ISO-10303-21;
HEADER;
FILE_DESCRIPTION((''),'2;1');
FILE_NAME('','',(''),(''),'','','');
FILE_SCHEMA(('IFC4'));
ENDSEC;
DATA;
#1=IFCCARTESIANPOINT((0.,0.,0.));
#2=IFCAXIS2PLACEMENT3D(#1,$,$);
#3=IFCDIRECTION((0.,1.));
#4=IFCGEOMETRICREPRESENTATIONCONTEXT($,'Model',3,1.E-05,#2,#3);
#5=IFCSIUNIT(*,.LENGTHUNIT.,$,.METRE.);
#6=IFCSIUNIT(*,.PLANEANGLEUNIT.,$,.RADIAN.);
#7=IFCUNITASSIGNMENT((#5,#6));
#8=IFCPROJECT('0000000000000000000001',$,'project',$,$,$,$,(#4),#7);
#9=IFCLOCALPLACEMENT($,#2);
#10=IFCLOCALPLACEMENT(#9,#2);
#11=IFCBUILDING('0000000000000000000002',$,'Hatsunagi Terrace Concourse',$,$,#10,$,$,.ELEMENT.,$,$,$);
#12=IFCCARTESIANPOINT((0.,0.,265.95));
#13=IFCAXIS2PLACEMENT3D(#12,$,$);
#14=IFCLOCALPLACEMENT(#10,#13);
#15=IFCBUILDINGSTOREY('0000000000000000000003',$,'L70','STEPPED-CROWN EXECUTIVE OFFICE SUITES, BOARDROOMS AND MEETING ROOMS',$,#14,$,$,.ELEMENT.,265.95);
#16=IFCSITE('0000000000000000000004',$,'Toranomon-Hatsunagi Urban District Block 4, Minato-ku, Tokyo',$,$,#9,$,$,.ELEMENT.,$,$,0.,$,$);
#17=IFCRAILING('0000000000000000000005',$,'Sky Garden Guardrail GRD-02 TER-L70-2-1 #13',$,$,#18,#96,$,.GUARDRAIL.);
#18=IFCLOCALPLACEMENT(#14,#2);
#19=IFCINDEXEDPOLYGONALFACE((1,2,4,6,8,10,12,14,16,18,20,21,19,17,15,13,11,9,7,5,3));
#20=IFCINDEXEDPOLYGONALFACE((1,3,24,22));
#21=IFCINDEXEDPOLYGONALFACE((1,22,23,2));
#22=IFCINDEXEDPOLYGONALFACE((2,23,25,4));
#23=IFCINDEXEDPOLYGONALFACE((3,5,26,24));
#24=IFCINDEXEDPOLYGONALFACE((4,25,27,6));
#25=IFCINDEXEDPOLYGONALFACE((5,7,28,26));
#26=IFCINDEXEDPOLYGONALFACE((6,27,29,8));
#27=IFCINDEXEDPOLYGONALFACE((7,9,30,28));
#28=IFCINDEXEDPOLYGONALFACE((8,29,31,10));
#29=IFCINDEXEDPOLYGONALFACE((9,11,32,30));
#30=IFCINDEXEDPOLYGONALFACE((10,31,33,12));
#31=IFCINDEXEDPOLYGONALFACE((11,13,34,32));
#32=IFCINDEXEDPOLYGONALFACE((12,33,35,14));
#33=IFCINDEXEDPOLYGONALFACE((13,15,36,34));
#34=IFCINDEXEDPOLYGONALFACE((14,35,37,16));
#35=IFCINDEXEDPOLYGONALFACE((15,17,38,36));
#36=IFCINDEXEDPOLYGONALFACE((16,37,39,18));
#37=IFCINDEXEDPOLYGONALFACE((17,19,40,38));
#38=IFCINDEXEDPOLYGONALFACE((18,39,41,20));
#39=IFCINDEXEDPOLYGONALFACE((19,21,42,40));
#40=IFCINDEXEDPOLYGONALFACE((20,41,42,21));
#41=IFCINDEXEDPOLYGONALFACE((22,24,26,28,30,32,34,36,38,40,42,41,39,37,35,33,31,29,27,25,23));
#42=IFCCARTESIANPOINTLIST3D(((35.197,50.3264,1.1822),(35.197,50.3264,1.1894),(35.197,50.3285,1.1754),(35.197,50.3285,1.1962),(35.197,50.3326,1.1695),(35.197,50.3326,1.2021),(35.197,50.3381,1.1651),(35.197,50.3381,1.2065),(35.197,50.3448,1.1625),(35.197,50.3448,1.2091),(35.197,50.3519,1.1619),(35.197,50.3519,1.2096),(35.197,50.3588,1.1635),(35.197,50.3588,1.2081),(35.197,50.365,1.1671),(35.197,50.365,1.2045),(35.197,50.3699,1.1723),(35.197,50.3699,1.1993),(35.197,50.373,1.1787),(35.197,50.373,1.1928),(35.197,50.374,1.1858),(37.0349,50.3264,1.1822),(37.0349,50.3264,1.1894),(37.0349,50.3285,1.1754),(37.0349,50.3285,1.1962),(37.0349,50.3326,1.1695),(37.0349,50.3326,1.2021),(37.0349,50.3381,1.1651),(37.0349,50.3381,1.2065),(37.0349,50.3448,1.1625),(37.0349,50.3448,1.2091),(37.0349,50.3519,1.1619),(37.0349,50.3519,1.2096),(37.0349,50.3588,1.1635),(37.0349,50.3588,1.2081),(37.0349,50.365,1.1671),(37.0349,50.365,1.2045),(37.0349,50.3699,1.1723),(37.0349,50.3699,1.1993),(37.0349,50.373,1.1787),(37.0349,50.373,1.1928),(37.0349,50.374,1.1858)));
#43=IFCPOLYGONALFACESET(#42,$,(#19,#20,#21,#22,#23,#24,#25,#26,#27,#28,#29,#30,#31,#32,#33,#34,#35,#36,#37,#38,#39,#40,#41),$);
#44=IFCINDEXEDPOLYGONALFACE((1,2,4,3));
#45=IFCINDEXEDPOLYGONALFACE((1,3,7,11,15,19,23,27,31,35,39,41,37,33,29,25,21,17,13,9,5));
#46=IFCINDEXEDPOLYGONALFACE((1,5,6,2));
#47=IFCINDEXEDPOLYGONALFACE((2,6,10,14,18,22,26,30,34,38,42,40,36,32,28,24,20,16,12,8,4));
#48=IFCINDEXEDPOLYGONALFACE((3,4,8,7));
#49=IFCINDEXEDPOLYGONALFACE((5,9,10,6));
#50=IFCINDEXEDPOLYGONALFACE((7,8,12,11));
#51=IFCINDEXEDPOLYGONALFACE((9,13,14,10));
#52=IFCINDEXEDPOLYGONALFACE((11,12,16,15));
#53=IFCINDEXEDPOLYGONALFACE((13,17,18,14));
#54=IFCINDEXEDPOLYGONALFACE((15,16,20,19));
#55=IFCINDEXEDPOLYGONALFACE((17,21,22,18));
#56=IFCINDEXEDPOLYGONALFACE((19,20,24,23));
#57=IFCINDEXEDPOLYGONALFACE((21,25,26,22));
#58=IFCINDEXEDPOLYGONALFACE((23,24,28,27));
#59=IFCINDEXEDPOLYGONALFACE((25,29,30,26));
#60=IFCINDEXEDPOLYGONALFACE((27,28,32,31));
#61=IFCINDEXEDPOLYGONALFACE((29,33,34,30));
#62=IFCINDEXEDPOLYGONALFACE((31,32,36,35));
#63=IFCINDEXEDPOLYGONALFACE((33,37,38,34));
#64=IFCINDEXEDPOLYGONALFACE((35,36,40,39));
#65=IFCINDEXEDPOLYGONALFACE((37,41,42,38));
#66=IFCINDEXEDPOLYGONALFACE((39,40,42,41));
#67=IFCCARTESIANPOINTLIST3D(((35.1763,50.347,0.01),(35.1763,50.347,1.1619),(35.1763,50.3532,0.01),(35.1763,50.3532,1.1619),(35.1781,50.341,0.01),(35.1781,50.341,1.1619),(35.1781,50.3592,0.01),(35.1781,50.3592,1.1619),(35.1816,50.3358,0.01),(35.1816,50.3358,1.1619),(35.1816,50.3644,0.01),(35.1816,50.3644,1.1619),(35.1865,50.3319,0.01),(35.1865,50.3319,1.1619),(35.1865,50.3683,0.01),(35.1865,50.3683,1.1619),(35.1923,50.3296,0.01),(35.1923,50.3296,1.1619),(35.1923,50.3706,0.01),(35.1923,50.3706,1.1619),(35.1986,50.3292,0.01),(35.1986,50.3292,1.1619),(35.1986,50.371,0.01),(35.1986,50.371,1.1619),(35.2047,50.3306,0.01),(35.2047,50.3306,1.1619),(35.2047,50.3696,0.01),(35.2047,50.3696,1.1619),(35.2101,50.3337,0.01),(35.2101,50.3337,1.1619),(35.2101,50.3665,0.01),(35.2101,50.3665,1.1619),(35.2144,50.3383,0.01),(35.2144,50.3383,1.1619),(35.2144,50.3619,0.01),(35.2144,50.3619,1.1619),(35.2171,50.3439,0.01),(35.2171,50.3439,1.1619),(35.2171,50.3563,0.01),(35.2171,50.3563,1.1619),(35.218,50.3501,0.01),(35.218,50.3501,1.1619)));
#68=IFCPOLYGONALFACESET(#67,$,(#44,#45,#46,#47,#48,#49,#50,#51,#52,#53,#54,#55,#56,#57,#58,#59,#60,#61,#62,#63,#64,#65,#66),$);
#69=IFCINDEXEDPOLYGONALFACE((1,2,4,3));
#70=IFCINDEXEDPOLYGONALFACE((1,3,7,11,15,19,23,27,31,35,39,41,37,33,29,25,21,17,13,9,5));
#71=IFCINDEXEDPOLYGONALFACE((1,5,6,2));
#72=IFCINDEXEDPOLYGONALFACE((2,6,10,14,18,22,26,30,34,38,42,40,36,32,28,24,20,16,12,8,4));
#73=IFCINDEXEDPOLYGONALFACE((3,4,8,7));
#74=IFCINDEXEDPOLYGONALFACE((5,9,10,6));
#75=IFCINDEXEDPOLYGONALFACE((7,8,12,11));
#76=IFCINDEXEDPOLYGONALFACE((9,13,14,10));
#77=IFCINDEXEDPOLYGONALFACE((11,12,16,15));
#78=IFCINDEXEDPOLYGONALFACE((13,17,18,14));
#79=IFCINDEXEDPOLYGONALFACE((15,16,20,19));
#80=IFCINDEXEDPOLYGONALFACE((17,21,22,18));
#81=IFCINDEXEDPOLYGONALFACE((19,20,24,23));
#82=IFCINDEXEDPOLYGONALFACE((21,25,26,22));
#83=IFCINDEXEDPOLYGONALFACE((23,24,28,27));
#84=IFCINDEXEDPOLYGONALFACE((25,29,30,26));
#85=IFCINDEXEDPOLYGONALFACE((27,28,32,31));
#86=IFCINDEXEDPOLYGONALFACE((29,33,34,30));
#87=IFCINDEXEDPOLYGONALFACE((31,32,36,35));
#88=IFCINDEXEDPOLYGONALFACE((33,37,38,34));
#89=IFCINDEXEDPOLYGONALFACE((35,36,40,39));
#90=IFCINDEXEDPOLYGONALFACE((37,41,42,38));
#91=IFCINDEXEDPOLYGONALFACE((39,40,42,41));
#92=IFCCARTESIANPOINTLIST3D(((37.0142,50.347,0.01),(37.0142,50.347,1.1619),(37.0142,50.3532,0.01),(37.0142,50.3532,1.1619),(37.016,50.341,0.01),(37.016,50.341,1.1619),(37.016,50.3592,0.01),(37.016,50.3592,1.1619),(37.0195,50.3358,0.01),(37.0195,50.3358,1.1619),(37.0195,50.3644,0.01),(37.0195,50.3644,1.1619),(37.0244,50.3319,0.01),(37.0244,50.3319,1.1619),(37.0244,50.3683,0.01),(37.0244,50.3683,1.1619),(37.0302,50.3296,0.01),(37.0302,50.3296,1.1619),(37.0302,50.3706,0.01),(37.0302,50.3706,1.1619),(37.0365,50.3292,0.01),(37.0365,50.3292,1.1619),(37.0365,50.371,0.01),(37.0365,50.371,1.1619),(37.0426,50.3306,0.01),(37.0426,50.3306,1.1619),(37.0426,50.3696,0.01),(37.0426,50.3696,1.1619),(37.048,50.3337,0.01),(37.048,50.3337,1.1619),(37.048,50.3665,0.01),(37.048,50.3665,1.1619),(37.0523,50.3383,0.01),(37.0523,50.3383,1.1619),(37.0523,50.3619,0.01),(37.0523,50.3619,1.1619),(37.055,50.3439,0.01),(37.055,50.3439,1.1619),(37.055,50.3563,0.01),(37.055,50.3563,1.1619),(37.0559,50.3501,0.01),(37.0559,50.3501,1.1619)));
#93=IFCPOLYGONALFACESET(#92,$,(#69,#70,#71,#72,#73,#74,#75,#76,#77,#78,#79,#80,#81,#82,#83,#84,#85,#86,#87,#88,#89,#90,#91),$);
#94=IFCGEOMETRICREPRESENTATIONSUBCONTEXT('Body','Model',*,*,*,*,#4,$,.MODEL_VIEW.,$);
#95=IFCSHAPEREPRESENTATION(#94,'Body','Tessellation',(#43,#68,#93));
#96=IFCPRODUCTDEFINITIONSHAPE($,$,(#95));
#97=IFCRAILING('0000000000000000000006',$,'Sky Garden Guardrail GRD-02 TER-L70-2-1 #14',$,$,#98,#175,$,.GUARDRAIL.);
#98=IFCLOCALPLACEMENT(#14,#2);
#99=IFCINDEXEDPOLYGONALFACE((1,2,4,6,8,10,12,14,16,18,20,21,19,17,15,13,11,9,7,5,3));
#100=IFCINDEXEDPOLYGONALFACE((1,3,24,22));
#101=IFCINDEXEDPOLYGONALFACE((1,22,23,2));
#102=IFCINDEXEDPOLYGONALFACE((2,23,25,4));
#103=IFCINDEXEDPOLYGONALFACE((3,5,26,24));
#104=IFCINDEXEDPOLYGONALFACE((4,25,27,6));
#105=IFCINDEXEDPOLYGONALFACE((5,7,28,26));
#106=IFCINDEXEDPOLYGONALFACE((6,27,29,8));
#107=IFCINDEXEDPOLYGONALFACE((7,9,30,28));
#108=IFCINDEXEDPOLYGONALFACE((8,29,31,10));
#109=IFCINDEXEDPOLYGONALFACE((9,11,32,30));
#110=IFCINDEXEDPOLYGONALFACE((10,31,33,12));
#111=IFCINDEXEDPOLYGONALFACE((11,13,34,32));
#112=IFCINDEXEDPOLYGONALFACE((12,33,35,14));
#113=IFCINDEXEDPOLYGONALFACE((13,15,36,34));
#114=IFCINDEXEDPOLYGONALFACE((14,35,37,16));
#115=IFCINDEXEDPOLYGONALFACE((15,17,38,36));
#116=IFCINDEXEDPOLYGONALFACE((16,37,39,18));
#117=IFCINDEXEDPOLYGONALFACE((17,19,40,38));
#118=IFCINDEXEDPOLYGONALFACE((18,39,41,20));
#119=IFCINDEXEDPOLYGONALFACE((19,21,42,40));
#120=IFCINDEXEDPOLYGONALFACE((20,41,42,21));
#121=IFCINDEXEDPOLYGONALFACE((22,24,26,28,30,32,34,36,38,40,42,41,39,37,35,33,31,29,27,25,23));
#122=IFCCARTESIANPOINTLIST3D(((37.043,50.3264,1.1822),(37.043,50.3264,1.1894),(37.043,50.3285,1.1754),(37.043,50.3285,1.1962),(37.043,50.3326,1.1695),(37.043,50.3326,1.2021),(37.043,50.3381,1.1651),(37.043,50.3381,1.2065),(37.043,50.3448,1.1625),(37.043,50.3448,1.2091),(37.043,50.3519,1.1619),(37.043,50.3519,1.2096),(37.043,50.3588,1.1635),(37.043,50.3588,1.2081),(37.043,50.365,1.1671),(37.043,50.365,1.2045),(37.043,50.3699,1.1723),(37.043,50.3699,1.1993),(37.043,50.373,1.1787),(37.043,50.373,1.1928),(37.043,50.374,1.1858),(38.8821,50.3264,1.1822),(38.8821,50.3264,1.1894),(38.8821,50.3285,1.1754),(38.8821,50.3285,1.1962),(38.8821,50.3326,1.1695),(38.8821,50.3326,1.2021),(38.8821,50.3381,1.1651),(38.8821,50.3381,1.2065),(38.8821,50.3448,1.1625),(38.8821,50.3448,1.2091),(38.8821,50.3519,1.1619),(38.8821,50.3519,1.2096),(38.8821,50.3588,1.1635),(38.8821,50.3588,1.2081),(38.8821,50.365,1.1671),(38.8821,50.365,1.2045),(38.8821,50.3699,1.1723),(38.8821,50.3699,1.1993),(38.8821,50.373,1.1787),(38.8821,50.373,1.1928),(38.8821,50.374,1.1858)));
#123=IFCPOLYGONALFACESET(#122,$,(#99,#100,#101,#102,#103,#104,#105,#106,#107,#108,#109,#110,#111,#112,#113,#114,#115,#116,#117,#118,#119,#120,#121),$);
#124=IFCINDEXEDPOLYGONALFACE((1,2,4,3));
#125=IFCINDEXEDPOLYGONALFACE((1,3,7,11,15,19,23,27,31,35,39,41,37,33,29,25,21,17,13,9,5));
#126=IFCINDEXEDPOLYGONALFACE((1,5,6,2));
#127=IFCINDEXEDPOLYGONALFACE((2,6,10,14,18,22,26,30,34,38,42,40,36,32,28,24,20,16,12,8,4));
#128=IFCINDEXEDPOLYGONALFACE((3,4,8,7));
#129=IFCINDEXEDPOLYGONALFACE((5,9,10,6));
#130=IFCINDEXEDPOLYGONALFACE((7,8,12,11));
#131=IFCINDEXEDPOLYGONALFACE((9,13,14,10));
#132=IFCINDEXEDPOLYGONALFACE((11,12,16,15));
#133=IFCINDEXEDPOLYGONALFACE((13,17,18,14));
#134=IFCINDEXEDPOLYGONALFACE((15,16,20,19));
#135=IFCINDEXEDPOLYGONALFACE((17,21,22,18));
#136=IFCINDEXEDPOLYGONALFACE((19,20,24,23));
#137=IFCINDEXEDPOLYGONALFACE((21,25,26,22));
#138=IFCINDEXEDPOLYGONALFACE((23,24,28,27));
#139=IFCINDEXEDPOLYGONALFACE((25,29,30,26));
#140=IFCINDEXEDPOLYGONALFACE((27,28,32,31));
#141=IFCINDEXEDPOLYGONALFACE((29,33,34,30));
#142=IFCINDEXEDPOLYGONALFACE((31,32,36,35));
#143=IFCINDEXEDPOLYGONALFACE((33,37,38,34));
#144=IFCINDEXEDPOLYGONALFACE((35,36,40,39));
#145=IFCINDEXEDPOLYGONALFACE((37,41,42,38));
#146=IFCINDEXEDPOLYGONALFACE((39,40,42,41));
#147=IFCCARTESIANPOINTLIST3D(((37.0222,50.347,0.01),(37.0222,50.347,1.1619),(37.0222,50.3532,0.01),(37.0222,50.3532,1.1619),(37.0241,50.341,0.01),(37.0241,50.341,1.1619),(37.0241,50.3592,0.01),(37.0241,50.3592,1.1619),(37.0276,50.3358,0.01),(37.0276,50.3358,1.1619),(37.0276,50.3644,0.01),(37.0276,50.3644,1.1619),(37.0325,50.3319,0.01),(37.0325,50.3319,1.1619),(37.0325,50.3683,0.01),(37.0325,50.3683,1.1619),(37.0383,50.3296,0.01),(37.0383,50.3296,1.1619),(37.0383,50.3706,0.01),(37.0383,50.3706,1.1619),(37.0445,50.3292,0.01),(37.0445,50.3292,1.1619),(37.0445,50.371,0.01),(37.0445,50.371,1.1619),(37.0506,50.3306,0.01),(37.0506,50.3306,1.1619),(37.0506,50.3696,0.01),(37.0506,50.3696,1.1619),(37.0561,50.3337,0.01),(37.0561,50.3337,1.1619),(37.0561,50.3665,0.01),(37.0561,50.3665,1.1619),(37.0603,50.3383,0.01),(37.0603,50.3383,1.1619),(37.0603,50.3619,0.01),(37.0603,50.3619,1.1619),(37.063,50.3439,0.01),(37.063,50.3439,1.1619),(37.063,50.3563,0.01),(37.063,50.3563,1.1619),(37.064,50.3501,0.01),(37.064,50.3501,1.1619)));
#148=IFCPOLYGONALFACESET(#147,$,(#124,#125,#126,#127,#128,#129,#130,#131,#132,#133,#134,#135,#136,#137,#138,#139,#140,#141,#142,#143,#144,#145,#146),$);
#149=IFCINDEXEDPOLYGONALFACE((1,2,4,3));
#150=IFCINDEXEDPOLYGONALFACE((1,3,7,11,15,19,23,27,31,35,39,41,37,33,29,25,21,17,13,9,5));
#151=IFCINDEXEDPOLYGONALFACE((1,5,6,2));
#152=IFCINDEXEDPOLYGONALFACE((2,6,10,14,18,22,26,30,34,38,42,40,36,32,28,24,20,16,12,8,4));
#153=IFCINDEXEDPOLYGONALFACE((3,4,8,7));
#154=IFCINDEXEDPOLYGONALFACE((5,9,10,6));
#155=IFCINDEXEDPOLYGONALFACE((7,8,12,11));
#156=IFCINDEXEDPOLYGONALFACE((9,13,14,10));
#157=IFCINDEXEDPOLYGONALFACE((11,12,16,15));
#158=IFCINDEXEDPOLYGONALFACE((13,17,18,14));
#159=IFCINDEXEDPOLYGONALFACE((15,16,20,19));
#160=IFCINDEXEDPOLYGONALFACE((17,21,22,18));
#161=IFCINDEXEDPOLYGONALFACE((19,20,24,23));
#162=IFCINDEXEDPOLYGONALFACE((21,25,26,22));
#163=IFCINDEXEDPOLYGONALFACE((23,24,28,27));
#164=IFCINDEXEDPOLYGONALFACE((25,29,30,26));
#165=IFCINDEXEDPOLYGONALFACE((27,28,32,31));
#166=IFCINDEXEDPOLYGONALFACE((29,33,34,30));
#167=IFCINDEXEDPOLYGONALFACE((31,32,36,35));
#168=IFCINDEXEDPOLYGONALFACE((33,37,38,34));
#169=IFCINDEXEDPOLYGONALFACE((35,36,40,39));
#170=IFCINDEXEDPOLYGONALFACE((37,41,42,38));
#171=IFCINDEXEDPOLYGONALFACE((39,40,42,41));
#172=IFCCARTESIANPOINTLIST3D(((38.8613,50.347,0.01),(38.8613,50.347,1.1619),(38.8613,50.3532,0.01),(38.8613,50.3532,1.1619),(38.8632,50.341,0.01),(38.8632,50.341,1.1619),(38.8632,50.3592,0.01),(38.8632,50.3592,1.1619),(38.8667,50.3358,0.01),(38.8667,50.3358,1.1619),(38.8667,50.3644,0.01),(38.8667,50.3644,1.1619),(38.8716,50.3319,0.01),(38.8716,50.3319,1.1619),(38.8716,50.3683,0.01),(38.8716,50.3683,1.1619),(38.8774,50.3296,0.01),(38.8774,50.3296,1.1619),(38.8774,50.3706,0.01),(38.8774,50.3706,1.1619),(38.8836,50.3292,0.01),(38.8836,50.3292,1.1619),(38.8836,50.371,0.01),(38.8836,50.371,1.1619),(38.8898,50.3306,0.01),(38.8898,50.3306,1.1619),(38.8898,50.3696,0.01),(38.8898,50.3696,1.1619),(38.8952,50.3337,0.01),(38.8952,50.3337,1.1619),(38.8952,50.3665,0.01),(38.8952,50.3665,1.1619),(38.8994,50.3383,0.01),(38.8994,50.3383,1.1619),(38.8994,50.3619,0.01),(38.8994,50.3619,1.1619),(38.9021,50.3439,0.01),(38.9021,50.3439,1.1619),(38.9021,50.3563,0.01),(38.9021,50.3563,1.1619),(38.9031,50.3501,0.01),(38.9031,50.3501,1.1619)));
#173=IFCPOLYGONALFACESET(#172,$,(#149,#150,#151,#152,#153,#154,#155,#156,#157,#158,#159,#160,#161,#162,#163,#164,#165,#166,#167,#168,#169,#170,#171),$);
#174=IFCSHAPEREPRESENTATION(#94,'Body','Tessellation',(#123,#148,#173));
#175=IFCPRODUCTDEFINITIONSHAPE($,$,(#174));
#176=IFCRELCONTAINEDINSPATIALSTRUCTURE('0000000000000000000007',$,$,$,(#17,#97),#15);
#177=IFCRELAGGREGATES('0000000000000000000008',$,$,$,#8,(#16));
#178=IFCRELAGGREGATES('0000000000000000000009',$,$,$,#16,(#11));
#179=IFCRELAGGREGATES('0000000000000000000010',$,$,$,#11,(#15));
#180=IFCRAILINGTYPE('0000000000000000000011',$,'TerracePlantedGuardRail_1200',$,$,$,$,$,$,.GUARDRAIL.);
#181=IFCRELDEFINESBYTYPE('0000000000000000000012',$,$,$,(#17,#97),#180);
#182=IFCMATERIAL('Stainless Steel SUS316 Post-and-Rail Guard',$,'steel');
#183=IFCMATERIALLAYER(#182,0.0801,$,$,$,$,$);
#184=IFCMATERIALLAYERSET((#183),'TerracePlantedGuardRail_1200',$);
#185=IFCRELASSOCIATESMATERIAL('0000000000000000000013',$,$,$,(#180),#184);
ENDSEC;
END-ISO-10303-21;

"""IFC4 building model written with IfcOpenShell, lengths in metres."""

from ifc_helpers import new_model, si_unit, direction, frame, origin, origin_2d, place, context, subcontext, project, spatial, circle, extrude, material, layer, layer_set, type_object, element, save


model = new_model("IFC4")

# Units and contexts
model_context = context("Model", 3, precision=1e-05, world=origin(), true_north=direction((0.0, 1.0)))
body_context = subcontext(model_context, "Body", "Model", "MODEL_VIEW")
ifc_project = project(units=[si_unit("LENGTHUNIT", "METRE"), si_unit("PLANEANGLEUNIT", "RADIAN")], contexts=[model_context])

# Site, building, storey
site_placement = place(None, origin())
site = spatial("IfcSite", under=ifc_project, at=site_placement, Name="Toranomon-Hatsunagi Urban District Block 4, Minato-ku, Tokyo", CompositionType="ELEMENT", RefElevation=0.0)
building_placement = place(site_placement, origin())
building = spatial("IfcBuilding", under=site, at=building_placement, Name="Hatsunagi Terrace Concourse", CompositionType="ELEMENT")
storey_placement = place(building_placement, frame((0.0, 0.0, 265.95)))
storey = spatial("IfcBuildingStorey", under=building, at=storey_placement, Name="L70", Description="STEPPED-CROWN EXECUTIVE OFFICE SUITES, BOARDROOMS AND MEETING ROOMS", CompositionType="ELEMENT", Elevation=265.95)

# Railings
ifc_material_1 = material(Name="Stainless Steel SUS316 Post-and-Rail Guard", Category="steel")
ifc_layer_1 = layer(ifc_material_1, 0.0801)
ifc_layer_set_1 = layer_set([ifc_layer_1], Name="TerracePlantedGuardRail_1200")
railing_type = type_object("IfcRailingType", Name="TerracePlantedGuardRail_1200", PredefinedType="GUARDRAIL", material=ifc_layer_set_1)
railing_1_placement = place(storey_placement, frame((35.197, 50.3501, 0.01)))
element("IfcRailing", 1, at=railing_1_placement, inside=storey, type_object=railing_type, Name="Sky Garden Guardrail GRD-02 TER-L70-2-1 #13", PredefinedType="GUARDRAIL", context=body_context, shape_type="SweptSolid", body=[
    extrude(circle(Radius=0.0239, at=origin_2d()), frame((0.0, 0.0, 1.1758), z_axis=(1.0, 0.0, 0.0), x_axis=(0.0, 1.0, 0.0)), (0.0, 0.0, 1.0), 1.8379),
    extrude(circle(Radius=0.021, at=origin_2d()), origin(), (0.0, 0.0, 1.0), 1.1519),
    extrude(circle(Radius=0.021, at=origin_2d()), frame((1.8379, 0.0, 0.0)), (0.0, 0.0, 1.0), 1.1519),
])
railing_2_placement = place(storey_placement, frame((37.043, 50.3501, 0.01)))
element("IfcRailing", 2, at=railing_2_placement, inside=storey, type_object=railing_type, Name="Sky Garden Guardrail GRD-02 TER-L70-2-1 #14", PredefinedType="GUARDRAIL", context=body_context, shape_type="SweptSolid", body=[
    extrude(circle(Radius=0.0239, at=origin_2d()), frame((0.0, 0.0, 1.1758), z_axis=(1.0, 0.0, 0.0), x_axis=(0.0, 1.0, 0.0)), (0.0, 0.0, 1.0), 1.8391),
    extrude(circle(Radius=0.021, at=origin_2d()), origin(), (0.0, 0.0, 1.0), 1.1519),
    extrude(circle(Radius=0.021, at=origin_2d()), frame((1.8391, 0.0, 0.0)), (0.0, 0.0, 1.0), 1.1519),
])

save(model, "model.ifc")
